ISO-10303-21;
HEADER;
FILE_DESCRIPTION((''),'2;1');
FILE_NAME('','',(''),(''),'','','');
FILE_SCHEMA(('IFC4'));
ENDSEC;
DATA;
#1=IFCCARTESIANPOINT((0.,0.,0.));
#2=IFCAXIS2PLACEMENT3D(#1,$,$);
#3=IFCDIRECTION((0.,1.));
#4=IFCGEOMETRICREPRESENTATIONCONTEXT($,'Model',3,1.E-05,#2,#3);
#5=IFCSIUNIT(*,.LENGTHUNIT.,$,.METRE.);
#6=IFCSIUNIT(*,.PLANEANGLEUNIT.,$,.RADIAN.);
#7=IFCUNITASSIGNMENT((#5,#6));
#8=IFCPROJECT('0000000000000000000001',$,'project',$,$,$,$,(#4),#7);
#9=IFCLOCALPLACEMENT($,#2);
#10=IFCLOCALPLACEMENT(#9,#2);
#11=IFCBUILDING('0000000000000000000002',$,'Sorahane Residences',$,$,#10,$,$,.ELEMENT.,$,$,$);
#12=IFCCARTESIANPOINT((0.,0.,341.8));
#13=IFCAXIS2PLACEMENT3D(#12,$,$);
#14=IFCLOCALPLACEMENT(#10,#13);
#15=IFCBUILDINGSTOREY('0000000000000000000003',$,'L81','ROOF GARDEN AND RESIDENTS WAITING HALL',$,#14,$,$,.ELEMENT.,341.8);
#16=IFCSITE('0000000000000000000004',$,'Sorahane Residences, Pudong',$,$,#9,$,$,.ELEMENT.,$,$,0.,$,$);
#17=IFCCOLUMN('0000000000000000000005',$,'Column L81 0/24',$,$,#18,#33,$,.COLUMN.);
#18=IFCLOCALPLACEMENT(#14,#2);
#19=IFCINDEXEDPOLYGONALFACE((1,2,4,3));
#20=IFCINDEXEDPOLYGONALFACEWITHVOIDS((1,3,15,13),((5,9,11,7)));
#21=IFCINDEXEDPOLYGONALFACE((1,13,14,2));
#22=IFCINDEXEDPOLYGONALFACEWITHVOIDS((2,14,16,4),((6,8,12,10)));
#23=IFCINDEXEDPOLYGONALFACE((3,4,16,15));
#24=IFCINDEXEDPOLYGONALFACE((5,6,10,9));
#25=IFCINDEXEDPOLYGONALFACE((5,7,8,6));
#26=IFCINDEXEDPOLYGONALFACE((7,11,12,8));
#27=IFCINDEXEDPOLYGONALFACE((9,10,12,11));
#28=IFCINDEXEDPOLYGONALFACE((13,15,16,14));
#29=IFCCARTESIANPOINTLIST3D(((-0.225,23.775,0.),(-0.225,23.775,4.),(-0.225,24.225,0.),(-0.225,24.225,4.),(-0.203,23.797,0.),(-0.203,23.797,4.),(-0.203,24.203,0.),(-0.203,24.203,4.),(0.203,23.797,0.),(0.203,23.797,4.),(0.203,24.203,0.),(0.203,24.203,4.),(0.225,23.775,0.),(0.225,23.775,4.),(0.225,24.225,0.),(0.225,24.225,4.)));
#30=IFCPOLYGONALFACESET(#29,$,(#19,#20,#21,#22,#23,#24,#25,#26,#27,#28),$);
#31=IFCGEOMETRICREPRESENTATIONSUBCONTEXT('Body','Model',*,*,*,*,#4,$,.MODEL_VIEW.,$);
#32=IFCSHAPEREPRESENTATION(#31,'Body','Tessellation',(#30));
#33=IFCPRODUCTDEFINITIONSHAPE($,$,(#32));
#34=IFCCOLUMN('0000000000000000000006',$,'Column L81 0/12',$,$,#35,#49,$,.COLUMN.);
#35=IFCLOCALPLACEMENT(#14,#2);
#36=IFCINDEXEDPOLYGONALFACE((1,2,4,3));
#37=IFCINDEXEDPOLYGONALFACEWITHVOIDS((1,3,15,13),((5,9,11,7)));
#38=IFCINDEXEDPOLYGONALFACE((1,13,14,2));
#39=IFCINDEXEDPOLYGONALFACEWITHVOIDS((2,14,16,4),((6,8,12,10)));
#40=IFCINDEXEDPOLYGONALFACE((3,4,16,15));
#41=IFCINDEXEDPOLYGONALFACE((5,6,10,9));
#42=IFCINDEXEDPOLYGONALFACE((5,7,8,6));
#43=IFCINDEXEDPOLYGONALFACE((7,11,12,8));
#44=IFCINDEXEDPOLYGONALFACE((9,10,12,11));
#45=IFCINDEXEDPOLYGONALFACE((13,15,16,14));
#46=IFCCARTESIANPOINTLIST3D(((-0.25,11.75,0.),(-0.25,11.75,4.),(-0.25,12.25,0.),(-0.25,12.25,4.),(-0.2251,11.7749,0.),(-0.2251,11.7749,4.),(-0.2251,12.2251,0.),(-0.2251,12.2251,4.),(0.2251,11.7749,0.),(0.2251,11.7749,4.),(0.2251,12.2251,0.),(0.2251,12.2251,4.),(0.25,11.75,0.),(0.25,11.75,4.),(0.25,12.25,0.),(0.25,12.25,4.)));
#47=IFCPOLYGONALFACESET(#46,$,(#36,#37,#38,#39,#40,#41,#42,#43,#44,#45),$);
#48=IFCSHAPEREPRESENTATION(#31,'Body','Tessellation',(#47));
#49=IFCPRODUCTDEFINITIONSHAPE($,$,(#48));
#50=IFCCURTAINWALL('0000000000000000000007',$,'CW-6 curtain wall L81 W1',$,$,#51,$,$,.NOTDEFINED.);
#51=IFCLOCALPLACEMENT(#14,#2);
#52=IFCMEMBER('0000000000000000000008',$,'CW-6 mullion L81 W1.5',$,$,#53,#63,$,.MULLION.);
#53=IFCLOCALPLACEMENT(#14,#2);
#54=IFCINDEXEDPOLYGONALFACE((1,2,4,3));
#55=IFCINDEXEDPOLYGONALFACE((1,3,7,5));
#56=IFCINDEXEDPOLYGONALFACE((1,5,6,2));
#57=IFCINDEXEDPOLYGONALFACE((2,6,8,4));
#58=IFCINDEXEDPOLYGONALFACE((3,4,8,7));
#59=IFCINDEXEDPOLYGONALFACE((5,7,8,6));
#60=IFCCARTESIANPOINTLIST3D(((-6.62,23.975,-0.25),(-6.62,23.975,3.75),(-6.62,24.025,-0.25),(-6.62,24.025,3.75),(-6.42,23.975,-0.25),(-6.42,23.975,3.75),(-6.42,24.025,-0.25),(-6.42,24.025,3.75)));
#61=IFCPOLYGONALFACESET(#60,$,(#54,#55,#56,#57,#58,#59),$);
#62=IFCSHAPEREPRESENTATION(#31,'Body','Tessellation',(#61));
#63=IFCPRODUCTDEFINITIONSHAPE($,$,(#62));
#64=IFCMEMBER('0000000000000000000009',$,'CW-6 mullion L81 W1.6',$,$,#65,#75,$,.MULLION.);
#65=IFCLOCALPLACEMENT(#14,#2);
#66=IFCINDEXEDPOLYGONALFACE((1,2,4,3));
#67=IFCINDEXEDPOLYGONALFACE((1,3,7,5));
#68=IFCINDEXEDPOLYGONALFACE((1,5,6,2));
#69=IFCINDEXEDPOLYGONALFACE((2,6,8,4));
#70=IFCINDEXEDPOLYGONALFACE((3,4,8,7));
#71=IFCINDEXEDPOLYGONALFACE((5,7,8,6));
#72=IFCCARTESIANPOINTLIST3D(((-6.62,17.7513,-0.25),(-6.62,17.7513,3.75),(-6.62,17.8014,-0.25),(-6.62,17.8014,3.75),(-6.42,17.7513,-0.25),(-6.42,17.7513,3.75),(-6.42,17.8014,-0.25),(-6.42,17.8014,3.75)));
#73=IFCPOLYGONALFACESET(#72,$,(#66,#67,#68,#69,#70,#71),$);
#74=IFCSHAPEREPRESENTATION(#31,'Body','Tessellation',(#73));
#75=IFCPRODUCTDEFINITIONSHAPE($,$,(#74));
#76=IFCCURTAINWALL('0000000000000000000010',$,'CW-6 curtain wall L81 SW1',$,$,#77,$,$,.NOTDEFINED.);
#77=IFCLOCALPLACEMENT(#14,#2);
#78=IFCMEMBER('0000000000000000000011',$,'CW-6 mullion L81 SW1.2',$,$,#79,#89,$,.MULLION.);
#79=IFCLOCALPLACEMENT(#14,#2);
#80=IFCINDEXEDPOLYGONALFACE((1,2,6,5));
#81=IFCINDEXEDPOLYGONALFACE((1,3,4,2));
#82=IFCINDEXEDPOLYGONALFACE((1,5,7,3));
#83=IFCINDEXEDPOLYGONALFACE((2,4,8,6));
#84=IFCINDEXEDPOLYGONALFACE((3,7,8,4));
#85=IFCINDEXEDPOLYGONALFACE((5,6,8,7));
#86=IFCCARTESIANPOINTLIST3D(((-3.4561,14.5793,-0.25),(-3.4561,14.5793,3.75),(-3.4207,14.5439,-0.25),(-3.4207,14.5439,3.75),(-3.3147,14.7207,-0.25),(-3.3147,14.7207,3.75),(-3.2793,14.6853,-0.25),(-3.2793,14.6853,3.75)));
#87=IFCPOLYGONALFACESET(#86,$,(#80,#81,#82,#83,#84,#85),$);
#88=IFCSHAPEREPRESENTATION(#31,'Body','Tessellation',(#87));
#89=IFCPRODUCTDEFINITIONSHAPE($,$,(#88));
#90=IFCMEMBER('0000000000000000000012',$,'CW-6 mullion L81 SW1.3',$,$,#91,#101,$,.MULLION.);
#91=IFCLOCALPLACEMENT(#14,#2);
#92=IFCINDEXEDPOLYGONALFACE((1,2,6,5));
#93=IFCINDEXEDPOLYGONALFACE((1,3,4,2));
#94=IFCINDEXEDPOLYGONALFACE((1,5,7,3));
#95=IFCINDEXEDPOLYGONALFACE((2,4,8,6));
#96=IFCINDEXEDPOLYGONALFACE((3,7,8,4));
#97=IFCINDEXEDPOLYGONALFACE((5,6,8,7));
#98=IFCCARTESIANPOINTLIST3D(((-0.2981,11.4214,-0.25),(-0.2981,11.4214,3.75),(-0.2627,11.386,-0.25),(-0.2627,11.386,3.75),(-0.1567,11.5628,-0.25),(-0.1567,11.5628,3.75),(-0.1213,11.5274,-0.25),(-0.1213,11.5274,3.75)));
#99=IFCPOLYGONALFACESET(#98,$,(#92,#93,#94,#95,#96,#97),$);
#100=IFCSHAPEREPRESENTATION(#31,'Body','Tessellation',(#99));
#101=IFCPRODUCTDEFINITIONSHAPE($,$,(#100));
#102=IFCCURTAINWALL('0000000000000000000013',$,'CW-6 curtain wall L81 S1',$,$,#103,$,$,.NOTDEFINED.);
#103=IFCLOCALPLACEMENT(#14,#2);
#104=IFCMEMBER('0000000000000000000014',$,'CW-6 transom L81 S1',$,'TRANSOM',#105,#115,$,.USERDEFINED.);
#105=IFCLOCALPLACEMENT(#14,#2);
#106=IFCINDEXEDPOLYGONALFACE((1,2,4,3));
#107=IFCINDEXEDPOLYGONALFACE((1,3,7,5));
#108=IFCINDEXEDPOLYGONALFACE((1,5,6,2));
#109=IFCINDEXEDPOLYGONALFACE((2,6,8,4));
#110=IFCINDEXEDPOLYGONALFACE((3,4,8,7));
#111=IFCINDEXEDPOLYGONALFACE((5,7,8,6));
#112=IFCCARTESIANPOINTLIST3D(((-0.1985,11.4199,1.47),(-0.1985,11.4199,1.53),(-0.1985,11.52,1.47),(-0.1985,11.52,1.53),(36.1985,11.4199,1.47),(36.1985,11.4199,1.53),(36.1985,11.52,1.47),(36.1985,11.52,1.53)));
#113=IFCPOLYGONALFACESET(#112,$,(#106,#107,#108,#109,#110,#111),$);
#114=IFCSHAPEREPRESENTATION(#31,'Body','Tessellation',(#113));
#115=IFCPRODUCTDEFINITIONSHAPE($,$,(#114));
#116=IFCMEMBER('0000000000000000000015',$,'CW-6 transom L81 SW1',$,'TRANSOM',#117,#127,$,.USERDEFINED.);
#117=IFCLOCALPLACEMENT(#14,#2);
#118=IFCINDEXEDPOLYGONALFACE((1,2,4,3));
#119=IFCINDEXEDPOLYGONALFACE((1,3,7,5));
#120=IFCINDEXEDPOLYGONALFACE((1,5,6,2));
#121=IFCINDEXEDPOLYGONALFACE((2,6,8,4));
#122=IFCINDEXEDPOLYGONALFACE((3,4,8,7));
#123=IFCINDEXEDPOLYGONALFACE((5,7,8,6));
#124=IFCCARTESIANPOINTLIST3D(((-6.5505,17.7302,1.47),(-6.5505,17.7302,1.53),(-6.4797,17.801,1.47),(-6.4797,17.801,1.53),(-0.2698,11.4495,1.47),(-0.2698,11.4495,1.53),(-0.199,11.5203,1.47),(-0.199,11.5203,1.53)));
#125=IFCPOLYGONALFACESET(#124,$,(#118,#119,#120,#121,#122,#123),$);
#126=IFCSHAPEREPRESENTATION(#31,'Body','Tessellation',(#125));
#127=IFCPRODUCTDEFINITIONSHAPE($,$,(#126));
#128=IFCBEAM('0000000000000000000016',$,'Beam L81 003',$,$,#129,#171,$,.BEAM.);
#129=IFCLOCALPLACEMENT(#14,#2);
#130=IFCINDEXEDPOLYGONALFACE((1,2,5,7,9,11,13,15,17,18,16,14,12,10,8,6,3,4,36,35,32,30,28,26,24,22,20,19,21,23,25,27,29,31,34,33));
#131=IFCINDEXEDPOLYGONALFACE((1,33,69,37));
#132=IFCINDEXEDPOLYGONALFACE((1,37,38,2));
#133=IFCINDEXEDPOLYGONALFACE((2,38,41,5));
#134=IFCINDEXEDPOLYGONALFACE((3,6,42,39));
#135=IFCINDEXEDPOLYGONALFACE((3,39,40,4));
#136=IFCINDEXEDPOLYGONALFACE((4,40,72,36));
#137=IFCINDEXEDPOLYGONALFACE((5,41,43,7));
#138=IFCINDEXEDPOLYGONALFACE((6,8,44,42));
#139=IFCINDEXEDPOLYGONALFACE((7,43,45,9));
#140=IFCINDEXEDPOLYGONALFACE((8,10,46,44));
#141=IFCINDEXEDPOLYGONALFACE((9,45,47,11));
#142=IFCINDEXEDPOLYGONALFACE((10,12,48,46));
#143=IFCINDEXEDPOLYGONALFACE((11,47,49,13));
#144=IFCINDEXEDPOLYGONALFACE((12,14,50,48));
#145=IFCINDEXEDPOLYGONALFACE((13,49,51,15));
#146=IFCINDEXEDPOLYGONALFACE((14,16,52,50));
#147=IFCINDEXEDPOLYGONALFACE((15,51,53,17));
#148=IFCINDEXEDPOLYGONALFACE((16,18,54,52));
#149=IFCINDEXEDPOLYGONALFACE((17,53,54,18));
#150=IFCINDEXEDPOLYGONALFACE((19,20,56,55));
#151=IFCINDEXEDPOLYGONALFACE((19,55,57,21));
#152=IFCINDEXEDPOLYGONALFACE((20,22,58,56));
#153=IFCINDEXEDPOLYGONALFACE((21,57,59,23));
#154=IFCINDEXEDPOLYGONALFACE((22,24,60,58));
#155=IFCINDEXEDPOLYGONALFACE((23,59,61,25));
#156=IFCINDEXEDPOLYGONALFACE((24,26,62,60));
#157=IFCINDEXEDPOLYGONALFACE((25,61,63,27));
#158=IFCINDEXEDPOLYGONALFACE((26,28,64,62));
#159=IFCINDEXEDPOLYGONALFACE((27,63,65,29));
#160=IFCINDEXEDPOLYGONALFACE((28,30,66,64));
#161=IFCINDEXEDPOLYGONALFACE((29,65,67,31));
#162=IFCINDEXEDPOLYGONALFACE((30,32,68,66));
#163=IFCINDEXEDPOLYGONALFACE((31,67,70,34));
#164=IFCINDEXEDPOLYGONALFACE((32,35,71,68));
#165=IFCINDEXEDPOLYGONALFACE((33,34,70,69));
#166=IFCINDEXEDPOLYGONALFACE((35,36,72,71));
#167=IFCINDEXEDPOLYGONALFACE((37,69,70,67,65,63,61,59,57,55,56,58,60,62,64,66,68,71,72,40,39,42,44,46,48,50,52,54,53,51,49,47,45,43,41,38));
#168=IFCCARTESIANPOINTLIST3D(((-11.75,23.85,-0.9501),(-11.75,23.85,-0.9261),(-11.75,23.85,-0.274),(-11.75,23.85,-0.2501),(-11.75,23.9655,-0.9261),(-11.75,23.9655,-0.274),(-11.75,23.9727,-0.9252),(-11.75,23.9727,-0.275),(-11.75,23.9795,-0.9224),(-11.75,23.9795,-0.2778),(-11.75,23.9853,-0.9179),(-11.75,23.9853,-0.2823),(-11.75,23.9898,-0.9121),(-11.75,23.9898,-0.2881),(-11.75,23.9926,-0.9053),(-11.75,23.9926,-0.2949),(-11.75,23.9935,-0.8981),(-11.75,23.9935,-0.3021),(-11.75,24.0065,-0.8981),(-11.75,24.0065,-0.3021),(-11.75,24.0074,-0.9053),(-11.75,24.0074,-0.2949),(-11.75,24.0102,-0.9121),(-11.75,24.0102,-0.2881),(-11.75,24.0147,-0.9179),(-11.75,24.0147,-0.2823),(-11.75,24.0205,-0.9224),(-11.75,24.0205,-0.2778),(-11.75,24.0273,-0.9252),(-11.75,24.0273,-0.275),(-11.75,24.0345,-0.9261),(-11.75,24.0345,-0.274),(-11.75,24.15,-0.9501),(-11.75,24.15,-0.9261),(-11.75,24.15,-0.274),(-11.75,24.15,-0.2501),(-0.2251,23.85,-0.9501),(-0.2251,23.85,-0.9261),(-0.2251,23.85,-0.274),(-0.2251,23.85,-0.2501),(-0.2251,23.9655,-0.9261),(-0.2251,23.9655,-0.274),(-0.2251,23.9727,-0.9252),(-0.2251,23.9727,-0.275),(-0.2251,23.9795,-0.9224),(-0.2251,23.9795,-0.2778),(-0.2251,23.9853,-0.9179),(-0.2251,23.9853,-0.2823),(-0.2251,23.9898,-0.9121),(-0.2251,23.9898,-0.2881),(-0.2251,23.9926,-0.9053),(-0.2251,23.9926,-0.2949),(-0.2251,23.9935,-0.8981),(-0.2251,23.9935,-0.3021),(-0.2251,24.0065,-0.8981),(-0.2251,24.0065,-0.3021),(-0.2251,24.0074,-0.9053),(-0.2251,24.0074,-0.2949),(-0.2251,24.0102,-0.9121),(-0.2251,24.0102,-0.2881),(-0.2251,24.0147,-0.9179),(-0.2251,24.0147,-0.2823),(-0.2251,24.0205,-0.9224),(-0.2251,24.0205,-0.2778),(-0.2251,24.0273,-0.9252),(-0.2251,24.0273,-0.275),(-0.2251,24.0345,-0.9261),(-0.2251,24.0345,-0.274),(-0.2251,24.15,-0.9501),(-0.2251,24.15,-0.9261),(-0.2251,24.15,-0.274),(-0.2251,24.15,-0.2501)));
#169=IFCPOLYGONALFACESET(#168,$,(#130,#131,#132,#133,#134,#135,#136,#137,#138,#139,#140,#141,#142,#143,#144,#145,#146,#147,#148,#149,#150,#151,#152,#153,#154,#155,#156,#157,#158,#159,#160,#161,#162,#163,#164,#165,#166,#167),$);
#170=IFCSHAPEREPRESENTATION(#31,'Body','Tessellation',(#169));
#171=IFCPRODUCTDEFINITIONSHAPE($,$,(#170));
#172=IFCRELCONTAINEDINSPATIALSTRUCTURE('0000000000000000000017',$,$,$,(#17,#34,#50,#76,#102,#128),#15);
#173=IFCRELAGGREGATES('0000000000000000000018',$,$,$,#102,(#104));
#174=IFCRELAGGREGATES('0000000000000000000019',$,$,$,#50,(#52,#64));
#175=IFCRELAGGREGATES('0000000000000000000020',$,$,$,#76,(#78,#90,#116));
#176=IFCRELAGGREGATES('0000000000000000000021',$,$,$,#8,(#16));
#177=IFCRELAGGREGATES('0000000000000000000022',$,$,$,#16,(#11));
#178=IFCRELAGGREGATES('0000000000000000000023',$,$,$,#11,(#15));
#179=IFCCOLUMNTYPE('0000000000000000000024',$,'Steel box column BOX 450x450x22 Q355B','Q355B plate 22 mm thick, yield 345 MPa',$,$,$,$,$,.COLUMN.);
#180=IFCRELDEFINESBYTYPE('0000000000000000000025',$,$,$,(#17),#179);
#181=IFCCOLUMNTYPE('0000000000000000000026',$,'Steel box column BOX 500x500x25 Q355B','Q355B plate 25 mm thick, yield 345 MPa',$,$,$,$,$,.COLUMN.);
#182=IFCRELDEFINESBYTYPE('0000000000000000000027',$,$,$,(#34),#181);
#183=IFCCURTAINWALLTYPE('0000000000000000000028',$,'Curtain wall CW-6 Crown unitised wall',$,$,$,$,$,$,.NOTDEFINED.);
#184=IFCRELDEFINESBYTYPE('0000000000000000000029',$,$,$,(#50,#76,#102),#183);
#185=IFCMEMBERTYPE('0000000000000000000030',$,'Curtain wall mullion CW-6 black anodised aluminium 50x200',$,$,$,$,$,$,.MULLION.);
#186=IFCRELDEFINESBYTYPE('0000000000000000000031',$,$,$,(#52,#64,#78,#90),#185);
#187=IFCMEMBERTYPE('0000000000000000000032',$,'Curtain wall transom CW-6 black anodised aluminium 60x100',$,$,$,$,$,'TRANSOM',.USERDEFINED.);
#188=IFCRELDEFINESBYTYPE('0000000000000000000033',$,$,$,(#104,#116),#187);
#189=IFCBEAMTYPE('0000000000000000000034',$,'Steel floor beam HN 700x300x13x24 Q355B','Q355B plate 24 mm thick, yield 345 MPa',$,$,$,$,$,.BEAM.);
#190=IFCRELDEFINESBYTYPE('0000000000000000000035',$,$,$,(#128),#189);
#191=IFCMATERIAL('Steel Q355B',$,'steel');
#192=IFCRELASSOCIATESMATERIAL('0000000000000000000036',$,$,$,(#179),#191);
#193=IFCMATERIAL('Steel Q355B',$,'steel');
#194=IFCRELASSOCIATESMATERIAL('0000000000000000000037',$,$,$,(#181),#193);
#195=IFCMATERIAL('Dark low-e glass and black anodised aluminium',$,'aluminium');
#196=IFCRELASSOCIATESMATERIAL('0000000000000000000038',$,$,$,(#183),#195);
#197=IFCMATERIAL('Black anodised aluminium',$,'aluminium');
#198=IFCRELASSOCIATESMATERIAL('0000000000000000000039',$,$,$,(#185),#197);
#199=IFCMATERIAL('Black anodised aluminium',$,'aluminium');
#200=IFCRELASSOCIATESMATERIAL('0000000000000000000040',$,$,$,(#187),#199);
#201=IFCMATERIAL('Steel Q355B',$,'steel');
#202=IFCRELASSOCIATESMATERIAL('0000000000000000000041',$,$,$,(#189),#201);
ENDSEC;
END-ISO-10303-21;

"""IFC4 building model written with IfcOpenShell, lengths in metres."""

from ifc_helpers import new_model, si_unit, direction, frame, origin, origin_2d, place, context, subcontext, project, spatial, rectangle, hollow_rectangle, i_section, extrude, material, material_profile, profile_set, type_object, element, aggregate, save


model = new_model("IFC4")

# Units and contexts
model_context = context("Model", 3, precision=1e-05, world=origin(), true_north=direction((0.0, 1.0)))
body_context = subcontext(model_context, "Body", "Model", "MODEL_VIEW")
ifc_project = project(units=[si_unit("LENGTHUNIT", "METRE"), si_unit("PLANEANGLEUNIT", "RADIAN")], contexts=[model_context])

# Site, building, storey
site_placement = place(None, origin())
site = spatial("IfcSite", under=ifc_project, at=site_placement, Name="Sorahane Residences, Pudong", CompositionType="ELEMENT", RefElevation=0.0)
building_placement = place(site_placement, origin())
building = spatial("IfcBuilding", under=site, at=building_placement, Name="Sorahane Residences", CompositionType="ELEMENT")
storey_placement = place(building_placement, frame((0.0, 0.0, 341.8)))
storey = spatial("IfcBuildingStorey", under=building, at=storey_placement, Name="L81", Description="ROOF GARDEN AND RESIDENTS WAITING HALL", CompositionType="ELEMENT", Elevation=341.8)

# Columns
ifc_material_1 = material(Name="Steel Q355B", Category="steel")
ifc_material_profile_1 = material_profile(ifc_material_1, hollow_rectangle(XDim=0.45, YDim=0.45, WallThickness=0.022, at=origin_2d()), Name="BOX 450x450x22")
ifc_profile_set_1 = profile_set([ifc_material_profile_1], Name="Steel Q355B")
column_type_1 = type_object("IfcColumnType", Name="Steel box column BOX 450x450x22 Q355B", Description="Q355B plate 22 mm thick, yield 345 MPa", PredefinedType="COLUMN", material=ifc_profile_set_1)
column_1_placement = place(storey_placement, frame((0.0, 24.0, 0.0), z_axis=(0.0, 0.0, 1.0), x_axis=(1.0, 0.0, 0.0)))
element("IfcColumn", 1, at=column_1_placement, inside=storey, type_object=column_type_1, Name="Column L81 0/24", PredefinedType="COLUMN", context=body_context, shape_type="SweptSolid", body=[
    extrude(hollow_rectangle(XDim=0.45, YDim=0.45, WallThickness=0.022, at=origin_2d()), origin(), (0.0, 0.0, 1.0), 4.0),
])
ifc_material_2 = material(Name="Steel Q355B", Category="steel")
ifc_material_profile_2 = material_profile(ifc_material_2, hollow_rectangle(XDim=0.5, YDim=0.5, WallThickness=0.0249, at=origin_2d()), Name="BOX 500x500x25")
ifc_profile_set_2 = profile_set([ifc_material_profile_2], Name="Steel Q355B")
column_type_2 = type_object("IfcColumnType", Name="Steel box column BOX 500x500x25 Q355B", Description="Q355B plate 25 mm thick, yield 345 MPa", PredefinedType="COLUMN", material=ifc_profile_set_2)
column_2_placement = place(storey_placement, frame((0.0, 12.0, 0.0), z_axis=(0.0, 0.0, 1.0), x_axis=(1.0, 0.0, 0.0)))
element("IfcColumn", 2, at=column_2_placement, inside=storey, type_object=column_type_2, Name="Column L81 0/12", PredefinedType="COLUMN", context=body_context, shape_type="SweptSolid", body=[
    extrude(hollow_rectangle(XDim=0.5, YDim=0.5, WallThickness=0.0249, at=origin_2d()), origin(), (0.0, 0.0, 1.0), 4.0),
])

# Curtain walls, members
ifc_material_3 = material(Name="Dark low-e glass and black anodised aluminium", Category="aluminium")
curtain_wall_type = type_object("IfcCurtainWallType", Name="Curtain wall CW-6 Crown unitised wall", PredefinedType="NOTDEFINED", material=ifc_material_3)
curtain_wall_1_placement = place(storey_placement, origin())
curtain_wall_1 = element("IfcCurtainWall", 3, at=curtain_wall_1_placement, inside=storey, type_object=curtain_wall_type, Name="CW-6 curtain wall L81 W1", PredefinedType="NOTDEFINED")
ifc_material_4 = material(Name="Black anodised aluminium", Category="aluminium")
ifc_material_profile_3 = material_profile(ifc_material_4, rectangle(XDim=0.2, YDim=0.05, at=origin_2d()), Name="Curtain wall mullion CW-6 black anodised aluminium 50x200")
ifc_profile_set_3 = profile_set([ifc_material_profile_3], Name="Black anodised aluminium")
member_type_1 = type_object("IfcMemberType", Name="Curtain wall mullion CW-6 black anodised aluminium 50x200", PredefinedType="MULLION", material=ifc_profile_set_3)
member_1_placement = place(storey_placement, frame((-6.52, 24.0, -0.25), z_axis=(0.0, 0.0, 1.0), x_axis=(-1.0, 0.0, 0.0)))
member_1 = element("IfcMember", 4, at=member_1_placement, type_object=member_type_1, Name="CW-6 mullion L81 W1.5", PredefinedType="MULLION", context=body_context, shape_type="SweptSolid", body=[
    extrude(rectangle(XDim=0.2, YDim=0.05, at=origin_2d()), origin(), (0.0, 0.0, 1.0), 4.0),
])
member_2_placement = place(storey_placement, frame((-6.52, 17.7764, -0.25), z_axis=(0.0, 0.0, 1.0), x_axis=(-1.0, 0.0, 0.0)))
member_2 = element("IfcMember", 5, at=member_2_placement, type_object=member_type_1, Name="CW-6 mullion L81 W1.6", PredefinedType="MULLION", context=body_context, shape_type="SweptSolid", body=[
    extrude(rectangle(XDim=0.2, YDim=0.05, at=origin_2d()), origin(), (0.0, 0.0, 1.0), 4.0),
])
curtain_wall_2_placement = place(storey_placement, origin())
curtain_wall_2 = element("IfcCurtainWall", 6, at=curtain_wall_2_placement, inside=storey, type_object=curtain_wall_type, Name="CW-6 curtain wall L81 SW1", PredefinedType="NOTDEFINED")
member_3_placement = place(storey_placement, frame((-3.3677, 14.6323, -0.25), z_axis=(0.0, 0.0, 1.0), x_axis=(-0.707107, -0.707107, 0.0)))
member_3 = element("IfcMember", 7, at=member_3_placement, type_object=member_type_1, Name="CW-6 mullion L81 SW1.2", PredefinedType="MULLION", context=body_context, shape_type="SweptSolid", body=[
    extrude(rectangle(XDim=0.2, YDim=0.05, at=origin_2d()), origin(), (0.0, 0.0, 1.0), 4.0),
])
member_4_placement = place(storey_placement, frame((-0.2097, 11.4744, -0.25), z_axis=(0.0, 0.0, 1.0), x_axis=(-0.707107, -0.707107, 0.0)))
member_4 = element("IfcMember", 8, at=member_4_placement, type_object=member_type_1, Name="CW-6 mullion L81 SW1.3", PredefinedType="MULLION", context=body_context, shape_type="SweptSolid", body=[
    extrude(rectangle(XDim=0.2, YDim=0.05, at=origin_2d()), origin(), (0.0, 0.0, 1.0), 4.0),
])

# Curtain wall, member
curtain_wall_3_placement = place(storey_placement, origin())
curtain_wall_3 = element("IfcCurtainWall", 9, at=curtain_wall_3_placement, inside=storey, type_object=curtain_wall_type, Name="CW-6 curtain wall L81 S1", PredefinedType="NOTDEFINED")
ifc_material_5 = material(Name="Black anodised aluminium", Category="aluminium")
ifc_material_profile_4 = material_profile(ifc_material_5, rectangle(XDim=0.1001, YDim=0.0601, at=origin_2d()), Name="Curtain wall transom CW-6 black anodised aluminium 60x100")
ifc_profile_set_4 = profile_set([ifc_material_profile_4], Name="Black anodised aluminium")
member_type_2 = type_object("IfcMemberType", Name="Curtain wall transom CW-6 black anodised aluminium 60x100", ElementType="TRANSOM", PredefinedType="USERDEFINED", material=ifc_profile_set_4)
member_5_placement = place(storey_placement, frame((-0.1985, 11.47, 1.5), z_axis=(1.0, 0.0, 0.0), x_axis=(0.0, 1.0, 0.0)))
member_5 = element("IfcMember", 10, at=member_5_placement, type_object=member_type_2, Name="CW-6 transom L81 S1", ObjectType="TRANSOM", PredefinedType="USERDEFINED", context=body_context, shape_type="SweptSolid", body=[
    extrude(rectangle(XDim=0.1001, YDim=0.0601, at=origin_2d()), origin(), (0.0, 0.0, 1.0), 36.397),
])
aggregate(curtain_wall_3, [member_5])

# Member
member_6_placement = place(storey_placement, frame((-6.5151, 17.7656, 1.5), z_axis=(0.707107, -0.707107, 0.0), x_axis=(0.707107, 0.707107, 0.0)))
member_6 = element("IfcMember", 11, at=member_6_placement, type_object=member_type_2, Name="CW-6 transom L81 SW1", ObjectType="TRANSOM", PredefinedType="USERDEFINED", context=body_context, shape_type="SweptSolid", body=[
    extrude(rectangle(XDim=0.1001, YDim=0.0601, at=origin_2d()), origin(), (0.0, 0.0, 1.0), 8.8823),
])

# Beam
ifc_material_6 = material(Name="Steel Q355B", Category="steel")
ifc_material_profile_5 = material_profile(ifc_material_6, i_section(OverallWidth=0.3, OverallDepth=0.7, WebThickness=0.0129, FlangeThickness=0.0239, FilletRadius=0.0281, at=origin_2d()), Name="HN 700x300x13x24")
ifc_profile_set_5 = profile_set([ifc_material_profile_5], Name="Steel Q355B")
beam_type = type_object("IfcBeamType", Name="Steel floor beam HN 700x300x13x24 Q355B", Description="Q355B plate 24 mm thick, yield 345 MPa", PredefinedType="BEAM", material=ifc_profile_set_5)
beam_1_placement = place(storey_placement, frame((-11.75, 24.0, -0.6001), z_axis=(1.0, 0.0, 0.0), x_axis=(0.0, 1.0, 0.0)))
element("IfcBeam", 12, at=beam_1_placement, inside=storey, type_object=beam_type, Name="Beam L81 003", PredefinedType="BEAM", context=body_context, shape_type="SweptSolid", body=[
    extrude(i_section(OverallWidth=0.3, OverallDepth=0.7, WebThickness=0.0129, FlangeThickness=0.0239, FilletRadius=0.0281, at=origin_2d()), origin(), (0.0, 0.0, 1.0), 11.5249),
])

aggregate(curtain_wall_1, [member_1, member_2])
aggregate(curtain_wall_2, [member_3, member_4, member_6])

save(model, "model.ifc")
